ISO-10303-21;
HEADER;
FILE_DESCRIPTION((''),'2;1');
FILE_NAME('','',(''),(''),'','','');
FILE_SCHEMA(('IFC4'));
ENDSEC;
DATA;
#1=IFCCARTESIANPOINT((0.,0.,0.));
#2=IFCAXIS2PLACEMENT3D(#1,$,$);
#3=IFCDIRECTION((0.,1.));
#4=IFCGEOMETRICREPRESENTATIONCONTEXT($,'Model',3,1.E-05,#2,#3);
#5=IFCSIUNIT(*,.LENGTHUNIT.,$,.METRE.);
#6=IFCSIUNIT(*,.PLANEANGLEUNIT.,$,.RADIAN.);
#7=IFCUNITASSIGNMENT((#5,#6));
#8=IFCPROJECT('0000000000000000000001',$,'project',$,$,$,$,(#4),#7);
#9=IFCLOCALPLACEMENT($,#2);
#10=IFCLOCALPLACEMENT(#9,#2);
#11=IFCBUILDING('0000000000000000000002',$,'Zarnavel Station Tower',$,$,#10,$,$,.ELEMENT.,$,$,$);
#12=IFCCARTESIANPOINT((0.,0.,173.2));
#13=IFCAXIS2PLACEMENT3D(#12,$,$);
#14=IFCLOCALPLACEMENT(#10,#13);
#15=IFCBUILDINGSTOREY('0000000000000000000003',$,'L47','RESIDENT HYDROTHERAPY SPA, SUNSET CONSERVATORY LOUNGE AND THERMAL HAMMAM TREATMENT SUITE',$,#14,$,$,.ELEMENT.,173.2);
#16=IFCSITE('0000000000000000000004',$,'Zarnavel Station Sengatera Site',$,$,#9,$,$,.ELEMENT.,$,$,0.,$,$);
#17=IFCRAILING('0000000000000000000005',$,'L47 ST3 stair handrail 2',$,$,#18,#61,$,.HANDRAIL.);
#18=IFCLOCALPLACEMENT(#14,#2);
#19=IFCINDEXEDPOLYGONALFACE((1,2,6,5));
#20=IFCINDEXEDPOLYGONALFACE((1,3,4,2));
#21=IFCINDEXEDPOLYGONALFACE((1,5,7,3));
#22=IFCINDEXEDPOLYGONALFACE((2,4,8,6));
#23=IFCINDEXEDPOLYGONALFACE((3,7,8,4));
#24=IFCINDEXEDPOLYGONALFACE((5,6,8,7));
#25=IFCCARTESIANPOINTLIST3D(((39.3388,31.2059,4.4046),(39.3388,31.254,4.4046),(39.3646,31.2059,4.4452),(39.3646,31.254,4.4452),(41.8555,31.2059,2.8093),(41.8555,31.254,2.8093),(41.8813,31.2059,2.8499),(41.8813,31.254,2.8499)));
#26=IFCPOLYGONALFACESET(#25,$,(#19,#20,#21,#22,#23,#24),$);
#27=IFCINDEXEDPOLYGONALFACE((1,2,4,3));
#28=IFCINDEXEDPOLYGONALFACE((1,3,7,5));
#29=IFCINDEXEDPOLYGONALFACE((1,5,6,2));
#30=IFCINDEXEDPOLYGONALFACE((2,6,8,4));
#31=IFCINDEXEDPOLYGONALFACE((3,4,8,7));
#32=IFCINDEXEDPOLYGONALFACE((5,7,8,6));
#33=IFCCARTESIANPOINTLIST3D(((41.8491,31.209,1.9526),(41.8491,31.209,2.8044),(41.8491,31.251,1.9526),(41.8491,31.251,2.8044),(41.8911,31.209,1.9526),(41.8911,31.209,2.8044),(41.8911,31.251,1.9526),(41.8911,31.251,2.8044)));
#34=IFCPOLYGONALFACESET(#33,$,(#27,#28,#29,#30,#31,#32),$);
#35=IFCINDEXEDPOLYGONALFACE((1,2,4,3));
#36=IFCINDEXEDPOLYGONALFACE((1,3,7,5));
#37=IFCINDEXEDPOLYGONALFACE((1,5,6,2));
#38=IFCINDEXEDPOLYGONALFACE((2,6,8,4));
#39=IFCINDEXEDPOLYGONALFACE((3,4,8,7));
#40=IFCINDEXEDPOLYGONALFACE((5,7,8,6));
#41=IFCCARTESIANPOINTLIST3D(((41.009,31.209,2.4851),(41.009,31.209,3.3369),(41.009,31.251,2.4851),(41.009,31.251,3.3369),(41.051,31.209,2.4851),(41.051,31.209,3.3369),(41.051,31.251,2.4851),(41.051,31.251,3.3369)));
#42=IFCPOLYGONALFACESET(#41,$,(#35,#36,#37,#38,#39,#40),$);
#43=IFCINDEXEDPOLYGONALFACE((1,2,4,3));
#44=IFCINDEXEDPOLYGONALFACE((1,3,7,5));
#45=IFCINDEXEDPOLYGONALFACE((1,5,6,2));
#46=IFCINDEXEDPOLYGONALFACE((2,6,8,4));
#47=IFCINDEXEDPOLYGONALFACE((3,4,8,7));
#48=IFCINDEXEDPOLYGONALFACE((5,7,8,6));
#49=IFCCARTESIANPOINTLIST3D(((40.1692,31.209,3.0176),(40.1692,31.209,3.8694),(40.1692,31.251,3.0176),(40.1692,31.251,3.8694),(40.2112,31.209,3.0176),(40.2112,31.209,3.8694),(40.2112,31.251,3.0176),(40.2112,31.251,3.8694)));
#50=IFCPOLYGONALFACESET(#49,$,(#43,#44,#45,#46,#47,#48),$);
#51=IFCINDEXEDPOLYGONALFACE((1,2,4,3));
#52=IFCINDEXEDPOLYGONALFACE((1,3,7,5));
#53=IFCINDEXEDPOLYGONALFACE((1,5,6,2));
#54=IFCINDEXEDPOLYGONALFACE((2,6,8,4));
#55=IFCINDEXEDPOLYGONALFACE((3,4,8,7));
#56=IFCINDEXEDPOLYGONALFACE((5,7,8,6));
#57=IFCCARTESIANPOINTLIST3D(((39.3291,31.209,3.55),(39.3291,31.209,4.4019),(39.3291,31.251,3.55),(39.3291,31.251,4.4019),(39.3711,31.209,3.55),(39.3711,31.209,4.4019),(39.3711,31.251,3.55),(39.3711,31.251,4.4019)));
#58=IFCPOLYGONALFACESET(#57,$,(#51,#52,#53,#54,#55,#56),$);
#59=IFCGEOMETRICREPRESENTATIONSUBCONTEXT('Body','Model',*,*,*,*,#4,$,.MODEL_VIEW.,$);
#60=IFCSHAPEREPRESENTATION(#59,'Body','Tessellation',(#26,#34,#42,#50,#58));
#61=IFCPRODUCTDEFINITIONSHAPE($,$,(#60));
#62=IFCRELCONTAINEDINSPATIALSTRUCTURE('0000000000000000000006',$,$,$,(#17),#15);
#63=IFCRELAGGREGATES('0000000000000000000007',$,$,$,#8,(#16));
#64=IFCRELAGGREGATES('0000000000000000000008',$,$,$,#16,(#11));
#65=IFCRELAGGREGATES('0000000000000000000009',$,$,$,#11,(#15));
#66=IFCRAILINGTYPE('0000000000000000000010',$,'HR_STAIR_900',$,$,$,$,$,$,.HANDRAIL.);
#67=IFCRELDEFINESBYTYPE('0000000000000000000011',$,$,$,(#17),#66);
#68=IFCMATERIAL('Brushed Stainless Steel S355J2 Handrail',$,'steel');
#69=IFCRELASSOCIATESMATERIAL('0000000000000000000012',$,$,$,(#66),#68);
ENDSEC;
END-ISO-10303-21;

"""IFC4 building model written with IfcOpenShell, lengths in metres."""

from ifc_helpers import new_model, si_unit, direction, frame, origin, origin_2d, place, context, subcontext, project, spatial, rectangle, extrude, material, type_object, element, save


model = new_model("IFC4")

# Units and contexts
model_context = context("Model", 3, precision=1e-05, world=origin(), true_north=direction((0.0, 1.0)))
body_context = subcontext(model_context, "Body", "Model", "MODEL_VIEW")
ifc_project = project(units=[si_unit("LENGTHUNIT", "METRE"), si_unit("PLANEANGLEUNIT", "RADIAN")], contexts=[model_context])

# Site, building, storey
site_placement = place(None, origin())
site = spatial("IfcSite", under=ifc_project, at=site_placement, Name="Zarnavel Station Sengatera Site", CompositionType="ELEMENT", RefElevation=0.0)
building_placement = place(site_placement, origin())
building = spatial("IfcBuilding", under=site, at=building_placement, Name="Zarnavel Station Tower", CompositionType="ELEMENT")
storey_placement = place(building_placement, frame((0.0, 0.0, 173.2)))
storey = spatial("IfcBuildingStorey", under=building, at=storey_placement, Name="L47", Description="RESIDENT HYDROTHERAPY SPA, SUNSET CONSERVATORY LOUNGE AND THERMAL HAMMAM TREATMENT SUITE", CompositionType="ELEMENT", Elevation=173.2)

# Railing
ifc_material_1 = material(Name="Brushed Stainless Steel S355J2 Handrail", Category="steel")
railing_type_1 = type_object("IfcRailingType", Name="HR_STAIR_900", PredefinedType="HANDRAIL", material=ifc_material_1)
railing_1_placement = place(storey_placement, frame((41.8701, 31.23, 1.9526)))
element("IfcRailing", 1, at=railing_1_placement, inside=storey, type_object=railing_type_1, Name="L47 ST3 stair handrail 2", PredefinedType="HANDRAIL", context=body_context, shape_type="SweptSolid", body=[
    extrude(rectangle(XDim=0.0481, YDim=0.0481, at=origin_2d()), frame((-0.0017, 0.0, 0.877), z_axis=(-0.844607, 0.0, 0.535387), x_axis=(0.0, -1.0, 0.0)), (0.0, 0.0, 1.0), 2.9797),
    extrude(rectangle(XDim=0.042, YDim=0.042, at=origin_2d()), origin(), (0.0, 0.0, 1.0), 0.8518),
    extrude(rectangle(XDim=0.042, YDim=0.042, at=origin_2d()), frame((-0.8401, 0.0, 0.5325)), (0.0, 0.0, 1.0), 0.8518),
    extrude(rectangle(XDim=0.042, YDim=0.042, at=origin_2d()), frame((-1.6799, 0.0, 1.0649)), (0.0, 0.0, 1.0), 0.8518),
    extrude(rectangle(XDim=0.042, YDim=0.042, at=origin_2d()), frame((-2.52, 0.0, 1.5974)), (0.0, 0.0, 1.0), 0.8518),
])

save(model, "model.ifc")
